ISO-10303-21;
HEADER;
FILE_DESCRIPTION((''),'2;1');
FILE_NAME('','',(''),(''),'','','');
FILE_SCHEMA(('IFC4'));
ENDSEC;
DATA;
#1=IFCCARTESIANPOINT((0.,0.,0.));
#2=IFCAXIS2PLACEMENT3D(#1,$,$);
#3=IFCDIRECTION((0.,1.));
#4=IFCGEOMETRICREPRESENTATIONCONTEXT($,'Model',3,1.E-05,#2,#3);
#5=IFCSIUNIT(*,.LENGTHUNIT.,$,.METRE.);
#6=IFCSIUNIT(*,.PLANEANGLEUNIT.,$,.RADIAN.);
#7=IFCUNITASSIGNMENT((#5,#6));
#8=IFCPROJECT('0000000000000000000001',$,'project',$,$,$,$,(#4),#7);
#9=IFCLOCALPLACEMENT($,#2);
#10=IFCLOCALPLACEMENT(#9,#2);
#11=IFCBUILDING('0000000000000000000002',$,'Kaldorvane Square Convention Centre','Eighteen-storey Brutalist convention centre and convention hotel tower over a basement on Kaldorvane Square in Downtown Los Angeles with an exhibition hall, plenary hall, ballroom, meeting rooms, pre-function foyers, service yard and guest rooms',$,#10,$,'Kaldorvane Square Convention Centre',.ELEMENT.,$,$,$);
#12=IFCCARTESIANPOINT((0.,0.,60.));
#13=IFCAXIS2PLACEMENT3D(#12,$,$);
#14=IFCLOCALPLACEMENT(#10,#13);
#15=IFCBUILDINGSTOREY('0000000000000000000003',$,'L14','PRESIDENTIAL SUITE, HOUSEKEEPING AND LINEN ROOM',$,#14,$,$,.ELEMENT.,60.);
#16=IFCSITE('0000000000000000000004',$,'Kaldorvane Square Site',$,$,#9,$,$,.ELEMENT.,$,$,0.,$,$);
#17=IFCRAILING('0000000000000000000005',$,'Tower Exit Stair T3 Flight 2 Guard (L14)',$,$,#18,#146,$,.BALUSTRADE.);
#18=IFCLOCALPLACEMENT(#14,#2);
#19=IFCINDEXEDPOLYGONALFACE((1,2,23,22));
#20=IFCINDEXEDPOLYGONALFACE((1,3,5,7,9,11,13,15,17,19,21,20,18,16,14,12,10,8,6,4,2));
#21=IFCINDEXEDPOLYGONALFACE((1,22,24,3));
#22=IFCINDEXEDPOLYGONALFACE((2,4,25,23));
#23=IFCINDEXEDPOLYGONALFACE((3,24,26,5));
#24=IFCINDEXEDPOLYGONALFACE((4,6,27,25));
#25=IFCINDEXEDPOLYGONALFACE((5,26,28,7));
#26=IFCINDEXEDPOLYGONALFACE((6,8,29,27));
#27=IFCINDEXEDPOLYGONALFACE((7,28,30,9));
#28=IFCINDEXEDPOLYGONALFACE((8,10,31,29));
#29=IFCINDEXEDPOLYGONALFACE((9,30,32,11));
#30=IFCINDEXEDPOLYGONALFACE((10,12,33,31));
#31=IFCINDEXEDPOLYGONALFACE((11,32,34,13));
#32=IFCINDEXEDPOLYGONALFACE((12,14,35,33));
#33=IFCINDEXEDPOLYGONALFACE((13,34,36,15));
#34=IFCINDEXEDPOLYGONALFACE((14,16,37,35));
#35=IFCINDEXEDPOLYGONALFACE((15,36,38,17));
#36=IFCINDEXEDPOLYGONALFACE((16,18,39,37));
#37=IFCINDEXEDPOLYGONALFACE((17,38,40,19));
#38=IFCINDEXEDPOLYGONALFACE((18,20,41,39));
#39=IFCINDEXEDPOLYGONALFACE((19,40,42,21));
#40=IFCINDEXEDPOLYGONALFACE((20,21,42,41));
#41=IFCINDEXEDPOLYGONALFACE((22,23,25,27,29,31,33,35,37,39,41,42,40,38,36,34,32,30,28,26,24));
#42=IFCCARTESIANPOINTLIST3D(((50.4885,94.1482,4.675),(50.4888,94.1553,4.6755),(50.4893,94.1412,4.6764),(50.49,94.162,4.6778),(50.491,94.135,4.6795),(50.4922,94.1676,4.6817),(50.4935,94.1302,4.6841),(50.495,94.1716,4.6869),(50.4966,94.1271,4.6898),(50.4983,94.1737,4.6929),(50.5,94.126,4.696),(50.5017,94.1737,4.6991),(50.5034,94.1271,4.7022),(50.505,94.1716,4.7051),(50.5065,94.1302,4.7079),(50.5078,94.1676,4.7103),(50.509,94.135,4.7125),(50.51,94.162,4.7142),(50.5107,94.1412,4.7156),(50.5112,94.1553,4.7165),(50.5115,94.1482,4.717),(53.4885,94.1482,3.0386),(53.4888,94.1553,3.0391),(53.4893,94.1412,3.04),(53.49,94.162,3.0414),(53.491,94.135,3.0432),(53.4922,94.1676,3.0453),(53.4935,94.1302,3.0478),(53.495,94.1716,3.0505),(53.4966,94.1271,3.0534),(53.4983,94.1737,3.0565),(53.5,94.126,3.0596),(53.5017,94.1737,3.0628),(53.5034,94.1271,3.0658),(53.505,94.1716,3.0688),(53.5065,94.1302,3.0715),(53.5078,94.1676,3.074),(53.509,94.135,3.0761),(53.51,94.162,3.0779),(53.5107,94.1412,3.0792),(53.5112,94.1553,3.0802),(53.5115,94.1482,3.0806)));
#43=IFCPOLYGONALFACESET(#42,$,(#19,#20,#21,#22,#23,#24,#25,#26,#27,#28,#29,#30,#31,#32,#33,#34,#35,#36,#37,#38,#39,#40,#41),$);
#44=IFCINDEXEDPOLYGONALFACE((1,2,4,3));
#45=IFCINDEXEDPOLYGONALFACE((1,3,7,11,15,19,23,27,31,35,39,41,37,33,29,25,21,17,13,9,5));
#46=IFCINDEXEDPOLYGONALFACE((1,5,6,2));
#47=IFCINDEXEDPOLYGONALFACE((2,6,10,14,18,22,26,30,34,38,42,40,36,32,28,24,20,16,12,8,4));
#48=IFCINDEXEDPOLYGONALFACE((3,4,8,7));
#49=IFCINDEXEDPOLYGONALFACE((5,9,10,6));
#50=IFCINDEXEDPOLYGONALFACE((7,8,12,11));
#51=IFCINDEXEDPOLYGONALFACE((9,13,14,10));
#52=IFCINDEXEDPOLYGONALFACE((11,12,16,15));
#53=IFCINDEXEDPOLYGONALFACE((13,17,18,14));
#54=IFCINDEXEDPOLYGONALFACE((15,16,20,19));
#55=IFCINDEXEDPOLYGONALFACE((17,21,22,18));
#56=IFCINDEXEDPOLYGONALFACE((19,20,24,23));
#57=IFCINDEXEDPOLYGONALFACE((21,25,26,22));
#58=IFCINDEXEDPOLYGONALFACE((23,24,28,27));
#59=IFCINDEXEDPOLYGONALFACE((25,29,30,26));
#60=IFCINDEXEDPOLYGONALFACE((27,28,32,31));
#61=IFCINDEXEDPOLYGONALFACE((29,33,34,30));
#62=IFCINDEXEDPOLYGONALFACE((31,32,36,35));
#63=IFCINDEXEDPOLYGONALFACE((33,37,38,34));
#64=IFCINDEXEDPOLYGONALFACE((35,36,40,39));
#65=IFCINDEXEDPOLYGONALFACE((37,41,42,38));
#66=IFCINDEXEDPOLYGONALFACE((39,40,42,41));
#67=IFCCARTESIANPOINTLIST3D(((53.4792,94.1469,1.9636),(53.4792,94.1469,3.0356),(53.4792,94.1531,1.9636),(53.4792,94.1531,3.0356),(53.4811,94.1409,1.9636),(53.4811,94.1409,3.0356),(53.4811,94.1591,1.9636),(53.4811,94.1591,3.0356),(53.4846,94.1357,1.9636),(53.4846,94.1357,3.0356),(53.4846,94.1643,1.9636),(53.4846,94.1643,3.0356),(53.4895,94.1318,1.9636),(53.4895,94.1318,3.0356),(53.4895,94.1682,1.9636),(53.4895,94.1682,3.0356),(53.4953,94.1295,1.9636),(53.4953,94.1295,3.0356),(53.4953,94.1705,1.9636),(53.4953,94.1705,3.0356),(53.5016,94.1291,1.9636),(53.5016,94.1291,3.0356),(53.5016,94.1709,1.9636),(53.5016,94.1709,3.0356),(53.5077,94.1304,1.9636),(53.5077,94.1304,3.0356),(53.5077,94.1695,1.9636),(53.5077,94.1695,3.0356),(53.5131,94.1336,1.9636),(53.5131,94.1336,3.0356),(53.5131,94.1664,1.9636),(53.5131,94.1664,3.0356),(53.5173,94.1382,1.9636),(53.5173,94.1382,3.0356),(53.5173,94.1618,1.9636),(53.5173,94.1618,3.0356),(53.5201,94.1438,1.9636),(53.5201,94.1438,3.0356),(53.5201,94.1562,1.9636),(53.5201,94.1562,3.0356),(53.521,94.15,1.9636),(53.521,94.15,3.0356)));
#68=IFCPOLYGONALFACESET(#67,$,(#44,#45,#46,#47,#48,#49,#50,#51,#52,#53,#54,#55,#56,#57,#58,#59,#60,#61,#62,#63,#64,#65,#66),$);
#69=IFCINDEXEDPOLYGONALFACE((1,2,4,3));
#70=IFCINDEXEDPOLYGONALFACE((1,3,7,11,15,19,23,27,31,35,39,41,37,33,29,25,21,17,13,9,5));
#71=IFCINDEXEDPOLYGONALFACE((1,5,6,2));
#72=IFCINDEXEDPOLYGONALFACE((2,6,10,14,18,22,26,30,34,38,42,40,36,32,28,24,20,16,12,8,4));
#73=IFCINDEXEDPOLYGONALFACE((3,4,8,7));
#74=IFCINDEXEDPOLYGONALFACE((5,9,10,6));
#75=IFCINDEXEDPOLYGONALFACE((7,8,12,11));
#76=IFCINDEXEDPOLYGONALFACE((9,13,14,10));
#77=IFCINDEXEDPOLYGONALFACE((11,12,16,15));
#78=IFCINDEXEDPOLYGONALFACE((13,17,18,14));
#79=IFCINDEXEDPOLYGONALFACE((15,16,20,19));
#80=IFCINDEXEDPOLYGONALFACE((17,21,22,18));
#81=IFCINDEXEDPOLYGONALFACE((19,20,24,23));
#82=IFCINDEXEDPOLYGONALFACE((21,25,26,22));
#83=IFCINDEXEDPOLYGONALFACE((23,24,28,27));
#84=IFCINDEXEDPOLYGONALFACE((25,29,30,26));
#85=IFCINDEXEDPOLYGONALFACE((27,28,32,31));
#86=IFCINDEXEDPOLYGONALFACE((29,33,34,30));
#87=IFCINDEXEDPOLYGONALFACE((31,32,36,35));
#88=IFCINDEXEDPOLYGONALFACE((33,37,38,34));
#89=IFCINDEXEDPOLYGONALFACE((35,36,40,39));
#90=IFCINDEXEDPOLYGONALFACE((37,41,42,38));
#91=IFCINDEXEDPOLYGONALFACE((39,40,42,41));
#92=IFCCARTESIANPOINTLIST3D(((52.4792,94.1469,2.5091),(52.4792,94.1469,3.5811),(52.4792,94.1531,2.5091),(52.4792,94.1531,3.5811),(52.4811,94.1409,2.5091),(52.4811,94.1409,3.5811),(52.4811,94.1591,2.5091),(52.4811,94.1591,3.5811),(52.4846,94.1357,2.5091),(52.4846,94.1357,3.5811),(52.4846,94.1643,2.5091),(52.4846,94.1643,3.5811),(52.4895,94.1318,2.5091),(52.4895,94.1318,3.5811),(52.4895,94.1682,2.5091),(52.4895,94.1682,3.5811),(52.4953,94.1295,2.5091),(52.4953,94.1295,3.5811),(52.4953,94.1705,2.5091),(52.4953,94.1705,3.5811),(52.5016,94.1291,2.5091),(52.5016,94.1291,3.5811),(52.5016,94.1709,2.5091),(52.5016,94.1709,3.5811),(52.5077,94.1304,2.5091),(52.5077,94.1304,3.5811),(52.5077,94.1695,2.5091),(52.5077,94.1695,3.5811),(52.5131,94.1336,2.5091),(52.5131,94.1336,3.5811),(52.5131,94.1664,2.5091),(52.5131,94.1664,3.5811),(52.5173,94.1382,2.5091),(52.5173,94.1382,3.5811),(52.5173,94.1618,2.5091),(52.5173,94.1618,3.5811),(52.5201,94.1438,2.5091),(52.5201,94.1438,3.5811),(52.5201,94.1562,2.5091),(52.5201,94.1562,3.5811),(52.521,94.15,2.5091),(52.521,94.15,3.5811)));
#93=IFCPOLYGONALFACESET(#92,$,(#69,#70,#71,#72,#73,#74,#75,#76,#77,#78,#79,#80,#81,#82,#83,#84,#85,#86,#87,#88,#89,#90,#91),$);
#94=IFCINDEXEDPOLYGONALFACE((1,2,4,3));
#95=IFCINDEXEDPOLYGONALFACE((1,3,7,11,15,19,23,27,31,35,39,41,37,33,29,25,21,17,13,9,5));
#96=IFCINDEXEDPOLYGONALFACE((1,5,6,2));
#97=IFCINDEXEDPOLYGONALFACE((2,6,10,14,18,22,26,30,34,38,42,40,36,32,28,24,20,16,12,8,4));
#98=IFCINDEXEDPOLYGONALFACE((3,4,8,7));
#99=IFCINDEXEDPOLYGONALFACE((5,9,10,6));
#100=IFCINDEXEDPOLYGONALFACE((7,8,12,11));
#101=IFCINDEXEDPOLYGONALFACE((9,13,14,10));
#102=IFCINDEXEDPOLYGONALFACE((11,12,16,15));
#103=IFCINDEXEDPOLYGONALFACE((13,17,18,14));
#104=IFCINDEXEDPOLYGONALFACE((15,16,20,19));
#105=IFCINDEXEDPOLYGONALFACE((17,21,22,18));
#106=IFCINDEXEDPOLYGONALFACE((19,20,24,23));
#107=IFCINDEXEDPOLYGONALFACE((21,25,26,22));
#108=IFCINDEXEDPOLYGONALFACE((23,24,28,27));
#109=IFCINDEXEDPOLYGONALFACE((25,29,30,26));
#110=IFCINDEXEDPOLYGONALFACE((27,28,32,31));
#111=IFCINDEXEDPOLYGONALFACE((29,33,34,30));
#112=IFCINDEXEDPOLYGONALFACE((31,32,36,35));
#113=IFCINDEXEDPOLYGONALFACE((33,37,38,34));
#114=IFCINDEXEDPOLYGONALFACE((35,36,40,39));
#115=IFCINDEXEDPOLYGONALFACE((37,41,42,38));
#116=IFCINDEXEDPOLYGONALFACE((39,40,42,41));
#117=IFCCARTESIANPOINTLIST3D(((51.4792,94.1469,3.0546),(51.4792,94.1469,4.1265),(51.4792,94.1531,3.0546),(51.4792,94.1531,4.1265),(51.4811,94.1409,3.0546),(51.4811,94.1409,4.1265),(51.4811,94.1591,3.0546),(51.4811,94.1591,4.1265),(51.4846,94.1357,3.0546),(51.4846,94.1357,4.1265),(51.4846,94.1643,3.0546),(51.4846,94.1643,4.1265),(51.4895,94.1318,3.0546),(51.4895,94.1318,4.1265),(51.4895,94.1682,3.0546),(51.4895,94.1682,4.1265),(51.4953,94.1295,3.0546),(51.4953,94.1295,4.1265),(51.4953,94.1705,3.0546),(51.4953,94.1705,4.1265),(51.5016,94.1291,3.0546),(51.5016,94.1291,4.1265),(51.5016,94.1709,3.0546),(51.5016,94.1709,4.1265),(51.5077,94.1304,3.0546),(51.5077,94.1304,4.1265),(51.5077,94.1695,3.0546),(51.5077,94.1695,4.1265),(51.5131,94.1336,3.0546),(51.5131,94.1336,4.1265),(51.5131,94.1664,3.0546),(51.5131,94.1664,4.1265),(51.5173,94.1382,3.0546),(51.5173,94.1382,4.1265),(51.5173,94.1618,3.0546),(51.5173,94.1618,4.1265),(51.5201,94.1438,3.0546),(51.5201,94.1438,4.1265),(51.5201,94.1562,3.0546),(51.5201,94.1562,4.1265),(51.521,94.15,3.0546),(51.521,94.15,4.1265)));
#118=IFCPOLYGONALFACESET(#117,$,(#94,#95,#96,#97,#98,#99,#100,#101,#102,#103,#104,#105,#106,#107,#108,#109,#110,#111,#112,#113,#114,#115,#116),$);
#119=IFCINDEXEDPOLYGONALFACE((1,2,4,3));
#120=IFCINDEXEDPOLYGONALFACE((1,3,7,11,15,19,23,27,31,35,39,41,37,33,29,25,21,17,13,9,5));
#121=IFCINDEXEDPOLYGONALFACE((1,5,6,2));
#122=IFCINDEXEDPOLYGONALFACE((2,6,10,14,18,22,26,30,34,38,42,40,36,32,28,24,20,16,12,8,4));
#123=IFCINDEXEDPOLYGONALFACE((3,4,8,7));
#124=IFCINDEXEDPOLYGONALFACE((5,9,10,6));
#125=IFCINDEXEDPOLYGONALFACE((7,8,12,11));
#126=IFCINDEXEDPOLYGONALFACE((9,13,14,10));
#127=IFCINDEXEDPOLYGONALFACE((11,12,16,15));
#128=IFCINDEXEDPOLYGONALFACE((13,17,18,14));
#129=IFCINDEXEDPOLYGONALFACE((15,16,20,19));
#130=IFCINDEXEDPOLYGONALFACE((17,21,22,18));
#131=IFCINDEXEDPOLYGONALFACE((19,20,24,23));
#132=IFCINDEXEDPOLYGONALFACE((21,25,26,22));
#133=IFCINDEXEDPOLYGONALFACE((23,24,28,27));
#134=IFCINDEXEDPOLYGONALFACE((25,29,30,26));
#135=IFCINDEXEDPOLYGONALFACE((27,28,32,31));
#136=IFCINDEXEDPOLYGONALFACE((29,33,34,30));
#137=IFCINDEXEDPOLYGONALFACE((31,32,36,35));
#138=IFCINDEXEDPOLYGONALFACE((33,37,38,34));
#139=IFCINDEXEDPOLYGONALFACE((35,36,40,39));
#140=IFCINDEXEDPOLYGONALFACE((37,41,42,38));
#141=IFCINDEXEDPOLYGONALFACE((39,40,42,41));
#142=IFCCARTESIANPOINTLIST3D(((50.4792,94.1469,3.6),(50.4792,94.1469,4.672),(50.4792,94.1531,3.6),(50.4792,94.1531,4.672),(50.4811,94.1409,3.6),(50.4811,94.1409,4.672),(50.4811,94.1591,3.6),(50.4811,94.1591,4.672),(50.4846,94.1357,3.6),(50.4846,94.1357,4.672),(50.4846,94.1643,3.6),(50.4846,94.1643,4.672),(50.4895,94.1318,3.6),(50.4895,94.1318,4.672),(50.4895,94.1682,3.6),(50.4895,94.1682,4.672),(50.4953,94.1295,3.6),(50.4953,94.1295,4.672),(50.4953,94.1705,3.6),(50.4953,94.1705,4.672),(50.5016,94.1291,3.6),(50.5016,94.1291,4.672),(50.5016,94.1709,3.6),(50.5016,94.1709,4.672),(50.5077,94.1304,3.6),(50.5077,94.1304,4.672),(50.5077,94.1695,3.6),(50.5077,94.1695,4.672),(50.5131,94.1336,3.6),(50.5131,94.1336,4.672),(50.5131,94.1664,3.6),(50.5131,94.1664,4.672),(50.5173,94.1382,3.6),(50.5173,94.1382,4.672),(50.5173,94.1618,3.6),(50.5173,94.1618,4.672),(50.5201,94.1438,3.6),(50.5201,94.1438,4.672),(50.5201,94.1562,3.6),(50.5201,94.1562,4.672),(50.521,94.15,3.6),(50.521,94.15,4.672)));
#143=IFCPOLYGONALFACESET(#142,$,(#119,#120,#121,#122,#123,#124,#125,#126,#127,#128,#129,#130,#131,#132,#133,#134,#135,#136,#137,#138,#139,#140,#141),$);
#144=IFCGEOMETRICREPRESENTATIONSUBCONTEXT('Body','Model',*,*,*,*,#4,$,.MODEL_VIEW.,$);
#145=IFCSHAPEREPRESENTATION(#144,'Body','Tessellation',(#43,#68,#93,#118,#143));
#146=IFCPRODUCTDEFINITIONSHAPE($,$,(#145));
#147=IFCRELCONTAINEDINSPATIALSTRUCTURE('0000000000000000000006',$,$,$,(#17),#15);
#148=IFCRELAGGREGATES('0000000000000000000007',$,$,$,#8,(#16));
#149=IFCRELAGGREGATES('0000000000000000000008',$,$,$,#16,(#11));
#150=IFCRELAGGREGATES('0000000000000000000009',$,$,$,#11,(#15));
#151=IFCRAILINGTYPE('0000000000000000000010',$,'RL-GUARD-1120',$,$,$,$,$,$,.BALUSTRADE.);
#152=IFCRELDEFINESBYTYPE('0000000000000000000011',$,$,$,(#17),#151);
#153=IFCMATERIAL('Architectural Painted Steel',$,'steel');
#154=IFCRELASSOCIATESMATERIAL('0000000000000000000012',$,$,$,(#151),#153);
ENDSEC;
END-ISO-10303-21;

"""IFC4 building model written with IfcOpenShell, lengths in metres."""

from ifc_helpers import new_model, si_unit, direction, frame, origin, origin_2d, place, context, subcontext, project, spatial, circle, extrude, material, type_object, element, save


model = new_model("IFC4")

# Units and contexts
model_context = context("Model", 3, precision=1e-05, world=origin(), true_north=direction((0.0, 1.0)))
body_context = subcontext(model_context, "Body", "Model", "MODEL_VIEW")
ifc_project = project(units=[si_unit("LENGTHUNIT", "METRE"), si_unit("PLANEANGLEUNIT", "RADIAN")], contexts=[model_context])

# Site, building, storey
site_placement = place(None, origin())
site = spatial("IfcSite", under=ifc_project, at=site_placement, Name="Kaldorvane Square Site", CompositionType="ELEMENT", RefElevation=0.0)
building_placement = place(site_placement, origin())
building = spatial("IfcBuilding", under=site, at=building_placement, Name="Kaldorvane Square Convention Centre", Description="Eighteen-storey Brutalist convention centre and convention hotel tower over a basement on Kaldorvane Square in Downtown Los Angeles with an exhibition hall, plenary hall, ballroom, meeting rooms, pre-function foyers, service yard and guest rooms", LongName="Kaldorvane Square Convention Centre", CompositionType="ELEMENT")
storey_placement = place(building_placement, frame((0.0, 0.0, 60.0)))
storey = spatial("IfcBuildingStorey", under=building, at=storey_placement, Name="L14", Description="PRESIDENTIAL SUITE, HOUSEKEEPING AND LINEN ROOM", CompositionType="ELEMENT", Elevation=60.0)

# Railing
ifc_material_1 = material(Name="Architectural Painted Steel", Category="steel")
railing_type_1 = type_object("IfcRailingType", Name="RL-GUARD-1120", PredefinedType="BALUSTRADE", material=ifc_material_1)
railing_1_placement = place(storey_placement, frame((53.5, 94.15, 1.9636)))
element("IfcRailing", 1, at=railing_1_placement, inside=storey, type_object=railing_type_1, Name="Tower Exit Stair T3 Flight 2 Guard (L14)", PredefinedType="BALUSTRADE", context=body_context, shape_type="SweptSolid", body=[
    extrude(circle(Radius=0.024, at=origin_2d()), frame((0.0, 0.0, 1.096), z_axis=(-0.877895, 0.0, 0.478853), x_axis=(0.0, -1.0, 0.0)), (0.0, 0.0, 1.0), 3.4173),
    extrude(circle(Radius=0.021, at=origin_2d()), origin(), (0.0, 0.0, 1.0), 1.072),
    extrude(circle(Radius=0.021, at=origin_2d()), frame((-1.0, 0.0, 0.5455)), (0.0, 0.0, 1.0), 1.072),
    extrude(circle(Radius=0.021, at=origin_2d()), frame((-2.0, 0.0, 1.0909)), (0.0, 0.0, 1.0), 1.072),
    extrude(circle(Radius=0.021, at=origin_2d()), frame((-3.0, 0.0, 1.6364)), (0.0, 0.0, 1.0), 1.072),
])

save(model, "model.ifc")
